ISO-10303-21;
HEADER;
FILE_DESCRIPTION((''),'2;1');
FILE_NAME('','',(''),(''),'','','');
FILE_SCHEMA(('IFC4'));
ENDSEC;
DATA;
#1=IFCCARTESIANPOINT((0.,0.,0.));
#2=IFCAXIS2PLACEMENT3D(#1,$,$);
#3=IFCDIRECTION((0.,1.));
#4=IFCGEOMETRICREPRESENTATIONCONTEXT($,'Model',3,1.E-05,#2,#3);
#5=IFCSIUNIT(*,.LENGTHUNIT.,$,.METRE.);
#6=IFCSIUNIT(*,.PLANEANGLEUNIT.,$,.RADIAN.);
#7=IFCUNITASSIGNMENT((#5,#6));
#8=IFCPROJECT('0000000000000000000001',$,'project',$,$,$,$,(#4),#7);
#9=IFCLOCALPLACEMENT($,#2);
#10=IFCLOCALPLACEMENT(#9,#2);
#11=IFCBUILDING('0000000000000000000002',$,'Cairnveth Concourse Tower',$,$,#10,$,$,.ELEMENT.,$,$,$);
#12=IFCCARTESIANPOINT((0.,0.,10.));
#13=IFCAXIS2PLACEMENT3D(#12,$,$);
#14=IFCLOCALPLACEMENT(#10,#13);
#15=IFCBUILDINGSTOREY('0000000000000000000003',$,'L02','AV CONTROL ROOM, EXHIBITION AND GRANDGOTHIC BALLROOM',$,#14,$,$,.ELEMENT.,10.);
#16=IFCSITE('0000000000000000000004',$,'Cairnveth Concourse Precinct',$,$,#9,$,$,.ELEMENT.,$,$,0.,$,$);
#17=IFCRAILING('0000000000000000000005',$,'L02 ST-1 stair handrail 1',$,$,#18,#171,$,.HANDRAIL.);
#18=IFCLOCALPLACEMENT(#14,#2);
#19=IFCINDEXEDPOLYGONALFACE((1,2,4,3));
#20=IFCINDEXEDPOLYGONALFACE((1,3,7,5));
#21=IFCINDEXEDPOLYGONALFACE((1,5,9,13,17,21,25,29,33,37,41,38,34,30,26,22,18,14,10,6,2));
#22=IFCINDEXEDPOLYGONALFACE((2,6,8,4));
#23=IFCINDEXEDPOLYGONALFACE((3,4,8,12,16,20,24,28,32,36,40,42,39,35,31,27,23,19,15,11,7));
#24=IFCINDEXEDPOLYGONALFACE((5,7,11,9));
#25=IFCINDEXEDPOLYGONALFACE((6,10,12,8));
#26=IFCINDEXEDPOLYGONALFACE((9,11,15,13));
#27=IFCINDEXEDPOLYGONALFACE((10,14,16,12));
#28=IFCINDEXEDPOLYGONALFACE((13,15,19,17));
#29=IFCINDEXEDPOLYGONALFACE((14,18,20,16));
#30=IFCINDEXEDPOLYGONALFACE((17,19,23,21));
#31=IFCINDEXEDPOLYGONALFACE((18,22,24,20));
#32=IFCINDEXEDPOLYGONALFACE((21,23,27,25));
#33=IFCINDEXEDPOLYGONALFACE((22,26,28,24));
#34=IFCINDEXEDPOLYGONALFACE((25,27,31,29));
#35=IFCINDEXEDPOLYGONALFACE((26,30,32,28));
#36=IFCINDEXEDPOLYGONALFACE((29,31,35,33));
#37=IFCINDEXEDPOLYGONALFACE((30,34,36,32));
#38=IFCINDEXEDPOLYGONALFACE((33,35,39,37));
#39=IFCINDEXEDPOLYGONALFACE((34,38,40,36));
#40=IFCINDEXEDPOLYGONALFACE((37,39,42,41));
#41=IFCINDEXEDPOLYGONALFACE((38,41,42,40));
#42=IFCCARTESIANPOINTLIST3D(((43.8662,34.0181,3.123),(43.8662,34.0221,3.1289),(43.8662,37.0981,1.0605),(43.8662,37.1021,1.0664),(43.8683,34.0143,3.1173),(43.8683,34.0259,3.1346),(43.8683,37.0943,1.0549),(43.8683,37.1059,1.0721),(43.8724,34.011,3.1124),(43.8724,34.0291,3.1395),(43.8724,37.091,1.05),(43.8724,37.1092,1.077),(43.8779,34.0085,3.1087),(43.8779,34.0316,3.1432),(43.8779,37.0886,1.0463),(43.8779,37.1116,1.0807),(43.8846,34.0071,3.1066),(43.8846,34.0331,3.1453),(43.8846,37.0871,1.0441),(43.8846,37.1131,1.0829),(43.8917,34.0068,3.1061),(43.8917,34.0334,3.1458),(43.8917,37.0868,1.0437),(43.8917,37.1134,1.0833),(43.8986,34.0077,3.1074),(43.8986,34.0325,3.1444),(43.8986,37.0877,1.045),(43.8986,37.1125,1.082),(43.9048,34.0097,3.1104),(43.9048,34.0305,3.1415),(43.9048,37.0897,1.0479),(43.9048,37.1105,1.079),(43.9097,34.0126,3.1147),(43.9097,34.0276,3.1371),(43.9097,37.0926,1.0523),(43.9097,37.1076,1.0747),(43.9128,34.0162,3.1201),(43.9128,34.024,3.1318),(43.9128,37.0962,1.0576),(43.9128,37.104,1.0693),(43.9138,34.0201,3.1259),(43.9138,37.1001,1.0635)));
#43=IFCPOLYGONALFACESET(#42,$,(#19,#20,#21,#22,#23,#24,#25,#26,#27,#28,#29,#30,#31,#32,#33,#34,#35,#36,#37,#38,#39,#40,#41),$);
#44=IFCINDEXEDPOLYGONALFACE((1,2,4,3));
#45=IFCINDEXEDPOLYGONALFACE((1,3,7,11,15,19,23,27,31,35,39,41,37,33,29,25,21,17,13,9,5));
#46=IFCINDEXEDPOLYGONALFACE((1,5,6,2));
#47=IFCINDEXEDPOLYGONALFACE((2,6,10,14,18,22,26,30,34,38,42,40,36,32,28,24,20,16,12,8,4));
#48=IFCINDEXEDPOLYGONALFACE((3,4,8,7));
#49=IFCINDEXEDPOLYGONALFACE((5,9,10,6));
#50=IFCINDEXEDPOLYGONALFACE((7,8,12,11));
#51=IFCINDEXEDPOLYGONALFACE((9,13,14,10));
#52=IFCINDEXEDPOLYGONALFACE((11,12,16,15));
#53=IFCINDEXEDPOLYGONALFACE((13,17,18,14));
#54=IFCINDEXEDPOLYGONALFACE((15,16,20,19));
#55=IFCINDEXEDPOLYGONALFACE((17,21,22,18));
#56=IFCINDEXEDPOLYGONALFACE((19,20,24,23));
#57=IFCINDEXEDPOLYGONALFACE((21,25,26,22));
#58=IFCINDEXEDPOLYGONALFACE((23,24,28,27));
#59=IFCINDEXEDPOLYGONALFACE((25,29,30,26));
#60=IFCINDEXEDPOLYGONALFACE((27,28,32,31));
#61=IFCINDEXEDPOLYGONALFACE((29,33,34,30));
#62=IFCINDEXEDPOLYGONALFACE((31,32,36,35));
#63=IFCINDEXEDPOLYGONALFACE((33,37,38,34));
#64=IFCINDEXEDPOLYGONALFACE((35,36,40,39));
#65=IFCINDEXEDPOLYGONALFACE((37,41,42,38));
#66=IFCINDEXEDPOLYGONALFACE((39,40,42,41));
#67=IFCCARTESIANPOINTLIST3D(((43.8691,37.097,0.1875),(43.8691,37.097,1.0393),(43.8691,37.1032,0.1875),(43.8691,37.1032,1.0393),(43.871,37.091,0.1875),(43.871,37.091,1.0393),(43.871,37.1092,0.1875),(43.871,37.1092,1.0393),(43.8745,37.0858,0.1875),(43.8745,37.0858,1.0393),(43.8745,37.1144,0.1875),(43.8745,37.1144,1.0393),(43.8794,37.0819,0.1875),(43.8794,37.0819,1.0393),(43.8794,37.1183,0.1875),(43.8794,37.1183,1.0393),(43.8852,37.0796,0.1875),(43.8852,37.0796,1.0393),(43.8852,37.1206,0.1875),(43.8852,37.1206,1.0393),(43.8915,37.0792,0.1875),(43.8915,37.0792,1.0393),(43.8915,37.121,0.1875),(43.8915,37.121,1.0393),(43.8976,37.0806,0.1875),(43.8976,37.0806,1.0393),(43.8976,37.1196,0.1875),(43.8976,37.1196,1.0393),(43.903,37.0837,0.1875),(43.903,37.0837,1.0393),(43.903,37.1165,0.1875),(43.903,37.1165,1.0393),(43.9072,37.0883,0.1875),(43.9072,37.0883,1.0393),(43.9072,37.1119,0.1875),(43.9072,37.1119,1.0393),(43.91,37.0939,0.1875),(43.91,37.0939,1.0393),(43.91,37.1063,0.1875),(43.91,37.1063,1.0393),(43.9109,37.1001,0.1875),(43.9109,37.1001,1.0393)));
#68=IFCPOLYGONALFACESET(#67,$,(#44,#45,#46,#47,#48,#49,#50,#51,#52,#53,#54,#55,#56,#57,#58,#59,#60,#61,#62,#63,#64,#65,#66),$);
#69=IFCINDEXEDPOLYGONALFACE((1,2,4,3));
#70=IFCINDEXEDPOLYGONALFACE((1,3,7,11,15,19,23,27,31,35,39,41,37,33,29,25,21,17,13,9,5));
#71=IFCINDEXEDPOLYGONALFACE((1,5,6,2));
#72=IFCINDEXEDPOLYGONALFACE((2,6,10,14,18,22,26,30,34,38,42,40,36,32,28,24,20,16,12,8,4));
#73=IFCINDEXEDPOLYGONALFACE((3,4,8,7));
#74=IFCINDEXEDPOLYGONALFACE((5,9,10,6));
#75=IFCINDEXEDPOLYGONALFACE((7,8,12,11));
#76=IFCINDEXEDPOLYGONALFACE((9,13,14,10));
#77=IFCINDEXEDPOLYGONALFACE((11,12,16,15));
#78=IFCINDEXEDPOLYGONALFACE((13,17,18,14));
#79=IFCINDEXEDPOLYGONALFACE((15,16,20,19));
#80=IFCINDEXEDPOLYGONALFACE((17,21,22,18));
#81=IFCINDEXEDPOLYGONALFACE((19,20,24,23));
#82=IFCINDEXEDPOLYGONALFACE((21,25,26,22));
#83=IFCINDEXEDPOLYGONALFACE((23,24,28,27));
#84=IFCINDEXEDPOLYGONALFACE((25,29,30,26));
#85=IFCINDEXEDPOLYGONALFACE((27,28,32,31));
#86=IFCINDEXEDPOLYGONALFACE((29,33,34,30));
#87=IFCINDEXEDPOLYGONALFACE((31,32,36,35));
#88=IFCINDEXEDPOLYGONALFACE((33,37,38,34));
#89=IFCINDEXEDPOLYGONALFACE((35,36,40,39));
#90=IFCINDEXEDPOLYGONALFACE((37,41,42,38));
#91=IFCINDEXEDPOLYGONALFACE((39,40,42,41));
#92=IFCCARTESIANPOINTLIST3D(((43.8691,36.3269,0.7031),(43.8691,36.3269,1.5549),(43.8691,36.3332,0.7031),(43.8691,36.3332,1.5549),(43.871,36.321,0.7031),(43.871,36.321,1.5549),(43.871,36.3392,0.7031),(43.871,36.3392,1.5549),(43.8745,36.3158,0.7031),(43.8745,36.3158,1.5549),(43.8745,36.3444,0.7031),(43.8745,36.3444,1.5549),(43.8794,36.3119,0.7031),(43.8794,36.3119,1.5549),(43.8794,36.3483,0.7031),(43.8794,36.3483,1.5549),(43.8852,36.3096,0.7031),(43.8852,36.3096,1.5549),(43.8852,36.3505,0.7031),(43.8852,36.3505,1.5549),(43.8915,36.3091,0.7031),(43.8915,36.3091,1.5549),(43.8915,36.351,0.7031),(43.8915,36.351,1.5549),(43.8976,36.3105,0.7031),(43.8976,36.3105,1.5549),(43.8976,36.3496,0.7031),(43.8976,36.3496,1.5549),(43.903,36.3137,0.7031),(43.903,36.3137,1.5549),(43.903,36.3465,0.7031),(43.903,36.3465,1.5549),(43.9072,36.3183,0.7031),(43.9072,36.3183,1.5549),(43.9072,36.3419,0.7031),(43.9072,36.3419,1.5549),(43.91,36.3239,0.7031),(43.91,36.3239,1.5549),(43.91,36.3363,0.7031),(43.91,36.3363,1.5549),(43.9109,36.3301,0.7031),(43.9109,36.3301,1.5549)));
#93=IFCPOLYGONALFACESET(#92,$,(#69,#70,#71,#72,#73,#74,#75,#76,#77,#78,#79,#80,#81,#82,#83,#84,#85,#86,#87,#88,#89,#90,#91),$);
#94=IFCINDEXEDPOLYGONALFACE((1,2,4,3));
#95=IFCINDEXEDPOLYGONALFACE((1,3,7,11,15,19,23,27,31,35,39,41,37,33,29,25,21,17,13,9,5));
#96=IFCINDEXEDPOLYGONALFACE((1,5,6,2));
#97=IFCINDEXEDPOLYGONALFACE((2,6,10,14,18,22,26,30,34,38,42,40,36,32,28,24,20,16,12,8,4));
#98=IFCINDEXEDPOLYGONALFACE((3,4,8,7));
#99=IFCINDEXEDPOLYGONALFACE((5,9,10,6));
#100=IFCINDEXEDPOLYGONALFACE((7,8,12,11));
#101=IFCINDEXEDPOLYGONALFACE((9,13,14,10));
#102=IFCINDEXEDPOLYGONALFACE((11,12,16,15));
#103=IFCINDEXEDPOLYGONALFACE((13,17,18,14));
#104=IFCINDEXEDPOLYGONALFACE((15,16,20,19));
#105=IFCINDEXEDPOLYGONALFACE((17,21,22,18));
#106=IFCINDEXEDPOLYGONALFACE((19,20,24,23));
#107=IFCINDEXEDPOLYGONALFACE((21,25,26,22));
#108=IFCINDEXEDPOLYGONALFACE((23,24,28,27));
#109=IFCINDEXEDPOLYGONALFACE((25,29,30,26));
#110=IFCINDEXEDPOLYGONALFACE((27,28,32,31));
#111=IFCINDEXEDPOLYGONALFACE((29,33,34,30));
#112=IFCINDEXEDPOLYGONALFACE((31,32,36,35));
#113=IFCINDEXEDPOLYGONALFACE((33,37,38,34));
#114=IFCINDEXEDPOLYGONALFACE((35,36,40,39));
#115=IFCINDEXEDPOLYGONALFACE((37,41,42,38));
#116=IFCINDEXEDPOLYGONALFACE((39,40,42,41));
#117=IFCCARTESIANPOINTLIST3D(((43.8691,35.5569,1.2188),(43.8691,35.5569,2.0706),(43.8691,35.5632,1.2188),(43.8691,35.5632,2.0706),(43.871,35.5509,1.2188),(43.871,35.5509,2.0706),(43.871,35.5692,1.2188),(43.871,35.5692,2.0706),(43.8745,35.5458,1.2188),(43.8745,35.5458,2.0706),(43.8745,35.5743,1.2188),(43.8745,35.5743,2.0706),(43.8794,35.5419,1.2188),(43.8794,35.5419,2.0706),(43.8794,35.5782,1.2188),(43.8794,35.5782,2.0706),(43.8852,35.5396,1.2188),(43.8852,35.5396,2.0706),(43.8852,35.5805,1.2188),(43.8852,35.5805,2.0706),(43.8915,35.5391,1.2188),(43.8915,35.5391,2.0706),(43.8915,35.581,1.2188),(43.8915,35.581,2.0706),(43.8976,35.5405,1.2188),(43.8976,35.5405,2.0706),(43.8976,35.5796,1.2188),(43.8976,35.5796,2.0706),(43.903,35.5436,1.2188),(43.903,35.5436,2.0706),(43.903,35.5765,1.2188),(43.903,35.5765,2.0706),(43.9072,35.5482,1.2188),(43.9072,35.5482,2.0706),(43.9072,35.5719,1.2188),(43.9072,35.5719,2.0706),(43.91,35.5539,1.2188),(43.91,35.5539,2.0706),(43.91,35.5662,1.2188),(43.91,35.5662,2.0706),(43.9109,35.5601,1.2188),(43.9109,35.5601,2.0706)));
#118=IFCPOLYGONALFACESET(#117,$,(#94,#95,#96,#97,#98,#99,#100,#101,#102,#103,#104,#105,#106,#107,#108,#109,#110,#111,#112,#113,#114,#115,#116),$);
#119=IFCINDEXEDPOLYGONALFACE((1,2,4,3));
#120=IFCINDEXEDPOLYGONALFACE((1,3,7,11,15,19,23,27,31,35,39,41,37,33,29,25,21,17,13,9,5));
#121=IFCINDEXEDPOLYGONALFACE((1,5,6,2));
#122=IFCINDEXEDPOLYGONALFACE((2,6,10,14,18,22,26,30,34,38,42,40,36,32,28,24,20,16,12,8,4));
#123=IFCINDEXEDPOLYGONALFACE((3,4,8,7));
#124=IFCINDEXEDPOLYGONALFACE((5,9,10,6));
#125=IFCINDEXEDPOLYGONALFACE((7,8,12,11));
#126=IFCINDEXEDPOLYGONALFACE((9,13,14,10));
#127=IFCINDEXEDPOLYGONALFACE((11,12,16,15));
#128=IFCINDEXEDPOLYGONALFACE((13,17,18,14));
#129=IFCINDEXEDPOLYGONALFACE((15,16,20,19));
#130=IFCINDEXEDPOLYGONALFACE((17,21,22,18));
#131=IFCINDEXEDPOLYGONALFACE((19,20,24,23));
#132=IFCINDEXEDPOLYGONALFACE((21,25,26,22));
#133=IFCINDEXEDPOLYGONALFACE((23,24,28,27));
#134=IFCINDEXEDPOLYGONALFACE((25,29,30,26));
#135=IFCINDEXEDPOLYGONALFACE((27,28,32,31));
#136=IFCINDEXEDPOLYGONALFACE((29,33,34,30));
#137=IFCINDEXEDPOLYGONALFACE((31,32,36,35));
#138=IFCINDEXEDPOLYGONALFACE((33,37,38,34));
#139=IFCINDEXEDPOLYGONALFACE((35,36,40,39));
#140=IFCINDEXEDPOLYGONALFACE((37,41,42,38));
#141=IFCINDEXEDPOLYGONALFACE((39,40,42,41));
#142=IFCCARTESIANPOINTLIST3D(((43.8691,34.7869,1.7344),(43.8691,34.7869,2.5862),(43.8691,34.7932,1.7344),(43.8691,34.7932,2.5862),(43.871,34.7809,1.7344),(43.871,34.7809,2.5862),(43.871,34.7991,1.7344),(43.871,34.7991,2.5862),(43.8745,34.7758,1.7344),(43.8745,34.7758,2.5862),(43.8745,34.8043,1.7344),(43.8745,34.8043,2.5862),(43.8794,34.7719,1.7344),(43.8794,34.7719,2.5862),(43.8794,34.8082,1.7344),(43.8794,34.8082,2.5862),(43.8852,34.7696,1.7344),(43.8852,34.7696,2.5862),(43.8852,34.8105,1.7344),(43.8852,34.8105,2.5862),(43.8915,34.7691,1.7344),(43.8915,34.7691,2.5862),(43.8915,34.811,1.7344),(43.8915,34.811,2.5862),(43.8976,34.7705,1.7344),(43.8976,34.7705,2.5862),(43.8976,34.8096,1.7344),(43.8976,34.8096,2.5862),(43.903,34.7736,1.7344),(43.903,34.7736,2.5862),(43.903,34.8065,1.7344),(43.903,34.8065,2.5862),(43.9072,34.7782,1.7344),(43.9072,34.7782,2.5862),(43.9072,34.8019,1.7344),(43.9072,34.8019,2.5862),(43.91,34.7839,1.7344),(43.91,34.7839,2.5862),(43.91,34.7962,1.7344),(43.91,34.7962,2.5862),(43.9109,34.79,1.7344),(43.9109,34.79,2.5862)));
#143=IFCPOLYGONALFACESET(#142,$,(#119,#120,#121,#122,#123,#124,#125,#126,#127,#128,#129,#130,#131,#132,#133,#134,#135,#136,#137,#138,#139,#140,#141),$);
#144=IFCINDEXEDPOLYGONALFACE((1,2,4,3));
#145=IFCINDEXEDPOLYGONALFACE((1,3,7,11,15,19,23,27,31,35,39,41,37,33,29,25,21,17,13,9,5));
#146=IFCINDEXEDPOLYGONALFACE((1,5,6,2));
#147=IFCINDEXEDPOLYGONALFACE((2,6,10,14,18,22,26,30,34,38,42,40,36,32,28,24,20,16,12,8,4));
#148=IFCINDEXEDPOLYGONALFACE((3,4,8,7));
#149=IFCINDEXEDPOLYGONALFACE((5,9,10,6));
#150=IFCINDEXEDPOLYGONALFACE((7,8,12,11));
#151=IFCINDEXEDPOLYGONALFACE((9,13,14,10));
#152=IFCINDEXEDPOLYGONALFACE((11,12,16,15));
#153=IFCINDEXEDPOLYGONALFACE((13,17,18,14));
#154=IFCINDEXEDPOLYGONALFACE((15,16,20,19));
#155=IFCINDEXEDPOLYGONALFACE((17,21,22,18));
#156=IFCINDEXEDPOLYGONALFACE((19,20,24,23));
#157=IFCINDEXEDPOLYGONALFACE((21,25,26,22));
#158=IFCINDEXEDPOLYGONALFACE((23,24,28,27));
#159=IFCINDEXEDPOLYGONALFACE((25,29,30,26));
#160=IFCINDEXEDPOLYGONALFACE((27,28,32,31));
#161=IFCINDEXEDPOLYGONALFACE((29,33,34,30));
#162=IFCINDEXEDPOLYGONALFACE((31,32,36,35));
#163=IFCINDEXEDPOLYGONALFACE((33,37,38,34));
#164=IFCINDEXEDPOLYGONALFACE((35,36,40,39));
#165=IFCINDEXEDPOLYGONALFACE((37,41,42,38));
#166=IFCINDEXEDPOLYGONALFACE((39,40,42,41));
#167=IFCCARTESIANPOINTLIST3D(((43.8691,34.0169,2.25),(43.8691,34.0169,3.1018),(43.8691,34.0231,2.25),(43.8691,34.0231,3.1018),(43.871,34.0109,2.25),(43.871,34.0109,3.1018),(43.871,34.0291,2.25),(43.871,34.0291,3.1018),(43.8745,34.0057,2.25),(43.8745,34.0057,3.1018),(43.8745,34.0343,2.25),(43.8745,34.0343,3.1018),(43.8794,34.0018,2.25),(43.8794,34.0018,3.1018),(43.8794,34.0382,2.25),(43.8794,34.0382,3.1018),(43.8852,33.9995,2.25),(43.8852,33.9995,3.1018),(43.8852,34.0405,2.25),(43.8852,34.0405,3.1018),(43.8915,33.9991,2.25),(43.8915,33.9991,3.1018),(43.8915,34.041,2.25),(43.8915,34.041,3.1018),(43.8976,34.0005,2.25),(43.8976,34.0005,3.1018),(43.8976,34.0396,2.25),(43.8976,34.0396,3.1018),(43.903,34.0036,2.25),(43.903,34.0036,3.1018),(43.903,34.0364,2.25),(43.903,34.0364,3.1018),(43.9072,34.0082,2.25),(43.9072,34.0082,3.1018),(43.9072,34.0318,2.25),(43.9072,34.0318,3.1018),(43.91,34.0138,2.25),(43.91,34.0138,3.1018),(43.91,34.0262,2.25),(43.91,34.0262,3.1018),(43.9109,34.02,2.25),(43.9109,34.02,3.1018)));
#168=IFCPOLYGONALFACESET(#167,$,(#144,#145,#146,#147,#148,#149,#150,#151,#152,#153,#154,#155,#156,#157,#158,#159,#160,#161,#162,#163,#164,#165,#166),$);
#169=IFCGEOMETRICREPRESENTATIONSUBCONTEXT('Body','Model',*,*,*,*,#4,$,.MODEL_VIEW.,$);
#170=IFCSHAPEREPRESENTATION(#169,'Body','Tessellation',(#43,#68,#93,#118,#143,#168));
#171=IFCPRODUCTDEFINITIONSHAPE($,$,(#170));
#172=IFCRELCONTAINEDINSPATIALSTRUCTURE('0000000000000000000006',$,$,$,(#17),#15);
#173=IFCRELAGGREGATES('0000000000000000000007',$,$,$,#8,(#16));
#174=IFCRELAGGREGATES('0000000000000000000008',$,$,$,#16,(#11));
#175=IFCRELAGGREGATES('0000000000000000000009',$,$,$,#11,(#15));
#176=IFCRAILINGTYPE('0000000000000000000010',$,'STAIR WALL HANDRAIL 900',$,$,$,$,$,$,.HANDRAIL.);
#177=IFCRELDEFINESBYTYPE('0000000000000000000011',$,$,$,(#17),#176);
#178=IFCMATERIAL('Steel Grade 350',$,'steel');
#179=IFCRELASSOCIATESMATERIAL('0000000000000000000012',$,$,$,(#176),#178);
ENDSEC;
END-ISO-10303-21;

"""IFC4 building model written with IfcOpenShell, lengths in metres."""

from ifc_helpers import new_model, si_unit, direction, frame, origin, origin_2d, place, context, subcontext, project, spatial, circle, extrude, material, type_object, element, save


model = new_model("IFC4")

# Units and contexts
model_context = context("Model", 3, precision=1e-05, world=origin(), true_north=direction((0.0, 1.0)))
body_context = subcontext(model_context, "Body", "Model", "MODEL_VIEW")
ifc_project = project(units=[si_unit("LENGTHUNIT", "METRE"), si_unit("PLANEANGLEUNIT", "RADIAN")], contexts=[model_context])

# Site, building, storey
site_placement = place(None, origin())
site = spatial("IfcSite", under=ifc_project, at=site_placement, Name="Cairnveth Concourse Precinct", CompositionType="ELEMENT", RefElevation=0.0)
building_placement = place(site_placement, origin())
building = spatial("IfcBuilding", under=site, at=building_placement, Name="Cairnveth Concourse Tower", CompositionType="ELEMENT")
storey_placement = place(building_placement, frame((0.0, 0.0, 10.0)))
storey = spatial("IfcBuildingStorey", under=building, at=storey_placement, Name="L02", Description="AV CONTROL ROOM, EXHIBITION AND GRANDGOTHIC BALLROOM", CompositionType="ELEMENT", Elevation=10.0)

# Shared definitions
ifc_material_1 = material(Name="Steel Grade 350", Category="steel")

# Railing
railing_type = type_object("IfcRailingType", Name="STAIR WALL HANDRAIL 900", PredefinedType="HANDRAIL", material=ifc_material_1)
railing_placement = place(storey_placement, frame((43.8899, 37.1001, 0.1875)))
element("IfcRailing", 1, at=railing_placement, inside=storey, type_object=railing_type, Name="L02 ST-1 stair handrail 1", PredefinedType="HANDRAIL", context=body_context, shape_type="SweptSolid", body=[
    extrude(circle(Radius=0.0239, at=origin_2d()), frame((0.0, 0.0, 0.876), z_axis=(0.0, -0.830914, 0.556401), x_axis=(1.0, 0.0, 0.0)), (0.0, 0.0, 1.0), 3.7068),
    extrude(circle(Radius=0.021, at=origin_2d()), origin(), (0.0, 0.0, 1.0), 0.8518),
    extrude(circle(Radius=0.021, at=origin_2d()), frame((0.0, -0.77, 0.5156)), (0.0, 0.0, 1.0), 0.8518),
    extrude(circle(Radius=0.021, at=origin_2d()), frame((0.0, -1.54, 1.0312)), (0.0, 0.0, 1.0), 0.8518),
    extrude(circle(Radius=0.021, at=origin_2d()), frame((0.0, -2.3101, 1.5469)), (0.0, 0.0, 1.0), 0.8518),
    extrude(circle(Radius=0.021, at=origin_2d()), frame((0.0, -3.0801, 2.0625)), (0.0, 0.0, 1.0), 0.8518),
])

save(model, "model.ifc")
